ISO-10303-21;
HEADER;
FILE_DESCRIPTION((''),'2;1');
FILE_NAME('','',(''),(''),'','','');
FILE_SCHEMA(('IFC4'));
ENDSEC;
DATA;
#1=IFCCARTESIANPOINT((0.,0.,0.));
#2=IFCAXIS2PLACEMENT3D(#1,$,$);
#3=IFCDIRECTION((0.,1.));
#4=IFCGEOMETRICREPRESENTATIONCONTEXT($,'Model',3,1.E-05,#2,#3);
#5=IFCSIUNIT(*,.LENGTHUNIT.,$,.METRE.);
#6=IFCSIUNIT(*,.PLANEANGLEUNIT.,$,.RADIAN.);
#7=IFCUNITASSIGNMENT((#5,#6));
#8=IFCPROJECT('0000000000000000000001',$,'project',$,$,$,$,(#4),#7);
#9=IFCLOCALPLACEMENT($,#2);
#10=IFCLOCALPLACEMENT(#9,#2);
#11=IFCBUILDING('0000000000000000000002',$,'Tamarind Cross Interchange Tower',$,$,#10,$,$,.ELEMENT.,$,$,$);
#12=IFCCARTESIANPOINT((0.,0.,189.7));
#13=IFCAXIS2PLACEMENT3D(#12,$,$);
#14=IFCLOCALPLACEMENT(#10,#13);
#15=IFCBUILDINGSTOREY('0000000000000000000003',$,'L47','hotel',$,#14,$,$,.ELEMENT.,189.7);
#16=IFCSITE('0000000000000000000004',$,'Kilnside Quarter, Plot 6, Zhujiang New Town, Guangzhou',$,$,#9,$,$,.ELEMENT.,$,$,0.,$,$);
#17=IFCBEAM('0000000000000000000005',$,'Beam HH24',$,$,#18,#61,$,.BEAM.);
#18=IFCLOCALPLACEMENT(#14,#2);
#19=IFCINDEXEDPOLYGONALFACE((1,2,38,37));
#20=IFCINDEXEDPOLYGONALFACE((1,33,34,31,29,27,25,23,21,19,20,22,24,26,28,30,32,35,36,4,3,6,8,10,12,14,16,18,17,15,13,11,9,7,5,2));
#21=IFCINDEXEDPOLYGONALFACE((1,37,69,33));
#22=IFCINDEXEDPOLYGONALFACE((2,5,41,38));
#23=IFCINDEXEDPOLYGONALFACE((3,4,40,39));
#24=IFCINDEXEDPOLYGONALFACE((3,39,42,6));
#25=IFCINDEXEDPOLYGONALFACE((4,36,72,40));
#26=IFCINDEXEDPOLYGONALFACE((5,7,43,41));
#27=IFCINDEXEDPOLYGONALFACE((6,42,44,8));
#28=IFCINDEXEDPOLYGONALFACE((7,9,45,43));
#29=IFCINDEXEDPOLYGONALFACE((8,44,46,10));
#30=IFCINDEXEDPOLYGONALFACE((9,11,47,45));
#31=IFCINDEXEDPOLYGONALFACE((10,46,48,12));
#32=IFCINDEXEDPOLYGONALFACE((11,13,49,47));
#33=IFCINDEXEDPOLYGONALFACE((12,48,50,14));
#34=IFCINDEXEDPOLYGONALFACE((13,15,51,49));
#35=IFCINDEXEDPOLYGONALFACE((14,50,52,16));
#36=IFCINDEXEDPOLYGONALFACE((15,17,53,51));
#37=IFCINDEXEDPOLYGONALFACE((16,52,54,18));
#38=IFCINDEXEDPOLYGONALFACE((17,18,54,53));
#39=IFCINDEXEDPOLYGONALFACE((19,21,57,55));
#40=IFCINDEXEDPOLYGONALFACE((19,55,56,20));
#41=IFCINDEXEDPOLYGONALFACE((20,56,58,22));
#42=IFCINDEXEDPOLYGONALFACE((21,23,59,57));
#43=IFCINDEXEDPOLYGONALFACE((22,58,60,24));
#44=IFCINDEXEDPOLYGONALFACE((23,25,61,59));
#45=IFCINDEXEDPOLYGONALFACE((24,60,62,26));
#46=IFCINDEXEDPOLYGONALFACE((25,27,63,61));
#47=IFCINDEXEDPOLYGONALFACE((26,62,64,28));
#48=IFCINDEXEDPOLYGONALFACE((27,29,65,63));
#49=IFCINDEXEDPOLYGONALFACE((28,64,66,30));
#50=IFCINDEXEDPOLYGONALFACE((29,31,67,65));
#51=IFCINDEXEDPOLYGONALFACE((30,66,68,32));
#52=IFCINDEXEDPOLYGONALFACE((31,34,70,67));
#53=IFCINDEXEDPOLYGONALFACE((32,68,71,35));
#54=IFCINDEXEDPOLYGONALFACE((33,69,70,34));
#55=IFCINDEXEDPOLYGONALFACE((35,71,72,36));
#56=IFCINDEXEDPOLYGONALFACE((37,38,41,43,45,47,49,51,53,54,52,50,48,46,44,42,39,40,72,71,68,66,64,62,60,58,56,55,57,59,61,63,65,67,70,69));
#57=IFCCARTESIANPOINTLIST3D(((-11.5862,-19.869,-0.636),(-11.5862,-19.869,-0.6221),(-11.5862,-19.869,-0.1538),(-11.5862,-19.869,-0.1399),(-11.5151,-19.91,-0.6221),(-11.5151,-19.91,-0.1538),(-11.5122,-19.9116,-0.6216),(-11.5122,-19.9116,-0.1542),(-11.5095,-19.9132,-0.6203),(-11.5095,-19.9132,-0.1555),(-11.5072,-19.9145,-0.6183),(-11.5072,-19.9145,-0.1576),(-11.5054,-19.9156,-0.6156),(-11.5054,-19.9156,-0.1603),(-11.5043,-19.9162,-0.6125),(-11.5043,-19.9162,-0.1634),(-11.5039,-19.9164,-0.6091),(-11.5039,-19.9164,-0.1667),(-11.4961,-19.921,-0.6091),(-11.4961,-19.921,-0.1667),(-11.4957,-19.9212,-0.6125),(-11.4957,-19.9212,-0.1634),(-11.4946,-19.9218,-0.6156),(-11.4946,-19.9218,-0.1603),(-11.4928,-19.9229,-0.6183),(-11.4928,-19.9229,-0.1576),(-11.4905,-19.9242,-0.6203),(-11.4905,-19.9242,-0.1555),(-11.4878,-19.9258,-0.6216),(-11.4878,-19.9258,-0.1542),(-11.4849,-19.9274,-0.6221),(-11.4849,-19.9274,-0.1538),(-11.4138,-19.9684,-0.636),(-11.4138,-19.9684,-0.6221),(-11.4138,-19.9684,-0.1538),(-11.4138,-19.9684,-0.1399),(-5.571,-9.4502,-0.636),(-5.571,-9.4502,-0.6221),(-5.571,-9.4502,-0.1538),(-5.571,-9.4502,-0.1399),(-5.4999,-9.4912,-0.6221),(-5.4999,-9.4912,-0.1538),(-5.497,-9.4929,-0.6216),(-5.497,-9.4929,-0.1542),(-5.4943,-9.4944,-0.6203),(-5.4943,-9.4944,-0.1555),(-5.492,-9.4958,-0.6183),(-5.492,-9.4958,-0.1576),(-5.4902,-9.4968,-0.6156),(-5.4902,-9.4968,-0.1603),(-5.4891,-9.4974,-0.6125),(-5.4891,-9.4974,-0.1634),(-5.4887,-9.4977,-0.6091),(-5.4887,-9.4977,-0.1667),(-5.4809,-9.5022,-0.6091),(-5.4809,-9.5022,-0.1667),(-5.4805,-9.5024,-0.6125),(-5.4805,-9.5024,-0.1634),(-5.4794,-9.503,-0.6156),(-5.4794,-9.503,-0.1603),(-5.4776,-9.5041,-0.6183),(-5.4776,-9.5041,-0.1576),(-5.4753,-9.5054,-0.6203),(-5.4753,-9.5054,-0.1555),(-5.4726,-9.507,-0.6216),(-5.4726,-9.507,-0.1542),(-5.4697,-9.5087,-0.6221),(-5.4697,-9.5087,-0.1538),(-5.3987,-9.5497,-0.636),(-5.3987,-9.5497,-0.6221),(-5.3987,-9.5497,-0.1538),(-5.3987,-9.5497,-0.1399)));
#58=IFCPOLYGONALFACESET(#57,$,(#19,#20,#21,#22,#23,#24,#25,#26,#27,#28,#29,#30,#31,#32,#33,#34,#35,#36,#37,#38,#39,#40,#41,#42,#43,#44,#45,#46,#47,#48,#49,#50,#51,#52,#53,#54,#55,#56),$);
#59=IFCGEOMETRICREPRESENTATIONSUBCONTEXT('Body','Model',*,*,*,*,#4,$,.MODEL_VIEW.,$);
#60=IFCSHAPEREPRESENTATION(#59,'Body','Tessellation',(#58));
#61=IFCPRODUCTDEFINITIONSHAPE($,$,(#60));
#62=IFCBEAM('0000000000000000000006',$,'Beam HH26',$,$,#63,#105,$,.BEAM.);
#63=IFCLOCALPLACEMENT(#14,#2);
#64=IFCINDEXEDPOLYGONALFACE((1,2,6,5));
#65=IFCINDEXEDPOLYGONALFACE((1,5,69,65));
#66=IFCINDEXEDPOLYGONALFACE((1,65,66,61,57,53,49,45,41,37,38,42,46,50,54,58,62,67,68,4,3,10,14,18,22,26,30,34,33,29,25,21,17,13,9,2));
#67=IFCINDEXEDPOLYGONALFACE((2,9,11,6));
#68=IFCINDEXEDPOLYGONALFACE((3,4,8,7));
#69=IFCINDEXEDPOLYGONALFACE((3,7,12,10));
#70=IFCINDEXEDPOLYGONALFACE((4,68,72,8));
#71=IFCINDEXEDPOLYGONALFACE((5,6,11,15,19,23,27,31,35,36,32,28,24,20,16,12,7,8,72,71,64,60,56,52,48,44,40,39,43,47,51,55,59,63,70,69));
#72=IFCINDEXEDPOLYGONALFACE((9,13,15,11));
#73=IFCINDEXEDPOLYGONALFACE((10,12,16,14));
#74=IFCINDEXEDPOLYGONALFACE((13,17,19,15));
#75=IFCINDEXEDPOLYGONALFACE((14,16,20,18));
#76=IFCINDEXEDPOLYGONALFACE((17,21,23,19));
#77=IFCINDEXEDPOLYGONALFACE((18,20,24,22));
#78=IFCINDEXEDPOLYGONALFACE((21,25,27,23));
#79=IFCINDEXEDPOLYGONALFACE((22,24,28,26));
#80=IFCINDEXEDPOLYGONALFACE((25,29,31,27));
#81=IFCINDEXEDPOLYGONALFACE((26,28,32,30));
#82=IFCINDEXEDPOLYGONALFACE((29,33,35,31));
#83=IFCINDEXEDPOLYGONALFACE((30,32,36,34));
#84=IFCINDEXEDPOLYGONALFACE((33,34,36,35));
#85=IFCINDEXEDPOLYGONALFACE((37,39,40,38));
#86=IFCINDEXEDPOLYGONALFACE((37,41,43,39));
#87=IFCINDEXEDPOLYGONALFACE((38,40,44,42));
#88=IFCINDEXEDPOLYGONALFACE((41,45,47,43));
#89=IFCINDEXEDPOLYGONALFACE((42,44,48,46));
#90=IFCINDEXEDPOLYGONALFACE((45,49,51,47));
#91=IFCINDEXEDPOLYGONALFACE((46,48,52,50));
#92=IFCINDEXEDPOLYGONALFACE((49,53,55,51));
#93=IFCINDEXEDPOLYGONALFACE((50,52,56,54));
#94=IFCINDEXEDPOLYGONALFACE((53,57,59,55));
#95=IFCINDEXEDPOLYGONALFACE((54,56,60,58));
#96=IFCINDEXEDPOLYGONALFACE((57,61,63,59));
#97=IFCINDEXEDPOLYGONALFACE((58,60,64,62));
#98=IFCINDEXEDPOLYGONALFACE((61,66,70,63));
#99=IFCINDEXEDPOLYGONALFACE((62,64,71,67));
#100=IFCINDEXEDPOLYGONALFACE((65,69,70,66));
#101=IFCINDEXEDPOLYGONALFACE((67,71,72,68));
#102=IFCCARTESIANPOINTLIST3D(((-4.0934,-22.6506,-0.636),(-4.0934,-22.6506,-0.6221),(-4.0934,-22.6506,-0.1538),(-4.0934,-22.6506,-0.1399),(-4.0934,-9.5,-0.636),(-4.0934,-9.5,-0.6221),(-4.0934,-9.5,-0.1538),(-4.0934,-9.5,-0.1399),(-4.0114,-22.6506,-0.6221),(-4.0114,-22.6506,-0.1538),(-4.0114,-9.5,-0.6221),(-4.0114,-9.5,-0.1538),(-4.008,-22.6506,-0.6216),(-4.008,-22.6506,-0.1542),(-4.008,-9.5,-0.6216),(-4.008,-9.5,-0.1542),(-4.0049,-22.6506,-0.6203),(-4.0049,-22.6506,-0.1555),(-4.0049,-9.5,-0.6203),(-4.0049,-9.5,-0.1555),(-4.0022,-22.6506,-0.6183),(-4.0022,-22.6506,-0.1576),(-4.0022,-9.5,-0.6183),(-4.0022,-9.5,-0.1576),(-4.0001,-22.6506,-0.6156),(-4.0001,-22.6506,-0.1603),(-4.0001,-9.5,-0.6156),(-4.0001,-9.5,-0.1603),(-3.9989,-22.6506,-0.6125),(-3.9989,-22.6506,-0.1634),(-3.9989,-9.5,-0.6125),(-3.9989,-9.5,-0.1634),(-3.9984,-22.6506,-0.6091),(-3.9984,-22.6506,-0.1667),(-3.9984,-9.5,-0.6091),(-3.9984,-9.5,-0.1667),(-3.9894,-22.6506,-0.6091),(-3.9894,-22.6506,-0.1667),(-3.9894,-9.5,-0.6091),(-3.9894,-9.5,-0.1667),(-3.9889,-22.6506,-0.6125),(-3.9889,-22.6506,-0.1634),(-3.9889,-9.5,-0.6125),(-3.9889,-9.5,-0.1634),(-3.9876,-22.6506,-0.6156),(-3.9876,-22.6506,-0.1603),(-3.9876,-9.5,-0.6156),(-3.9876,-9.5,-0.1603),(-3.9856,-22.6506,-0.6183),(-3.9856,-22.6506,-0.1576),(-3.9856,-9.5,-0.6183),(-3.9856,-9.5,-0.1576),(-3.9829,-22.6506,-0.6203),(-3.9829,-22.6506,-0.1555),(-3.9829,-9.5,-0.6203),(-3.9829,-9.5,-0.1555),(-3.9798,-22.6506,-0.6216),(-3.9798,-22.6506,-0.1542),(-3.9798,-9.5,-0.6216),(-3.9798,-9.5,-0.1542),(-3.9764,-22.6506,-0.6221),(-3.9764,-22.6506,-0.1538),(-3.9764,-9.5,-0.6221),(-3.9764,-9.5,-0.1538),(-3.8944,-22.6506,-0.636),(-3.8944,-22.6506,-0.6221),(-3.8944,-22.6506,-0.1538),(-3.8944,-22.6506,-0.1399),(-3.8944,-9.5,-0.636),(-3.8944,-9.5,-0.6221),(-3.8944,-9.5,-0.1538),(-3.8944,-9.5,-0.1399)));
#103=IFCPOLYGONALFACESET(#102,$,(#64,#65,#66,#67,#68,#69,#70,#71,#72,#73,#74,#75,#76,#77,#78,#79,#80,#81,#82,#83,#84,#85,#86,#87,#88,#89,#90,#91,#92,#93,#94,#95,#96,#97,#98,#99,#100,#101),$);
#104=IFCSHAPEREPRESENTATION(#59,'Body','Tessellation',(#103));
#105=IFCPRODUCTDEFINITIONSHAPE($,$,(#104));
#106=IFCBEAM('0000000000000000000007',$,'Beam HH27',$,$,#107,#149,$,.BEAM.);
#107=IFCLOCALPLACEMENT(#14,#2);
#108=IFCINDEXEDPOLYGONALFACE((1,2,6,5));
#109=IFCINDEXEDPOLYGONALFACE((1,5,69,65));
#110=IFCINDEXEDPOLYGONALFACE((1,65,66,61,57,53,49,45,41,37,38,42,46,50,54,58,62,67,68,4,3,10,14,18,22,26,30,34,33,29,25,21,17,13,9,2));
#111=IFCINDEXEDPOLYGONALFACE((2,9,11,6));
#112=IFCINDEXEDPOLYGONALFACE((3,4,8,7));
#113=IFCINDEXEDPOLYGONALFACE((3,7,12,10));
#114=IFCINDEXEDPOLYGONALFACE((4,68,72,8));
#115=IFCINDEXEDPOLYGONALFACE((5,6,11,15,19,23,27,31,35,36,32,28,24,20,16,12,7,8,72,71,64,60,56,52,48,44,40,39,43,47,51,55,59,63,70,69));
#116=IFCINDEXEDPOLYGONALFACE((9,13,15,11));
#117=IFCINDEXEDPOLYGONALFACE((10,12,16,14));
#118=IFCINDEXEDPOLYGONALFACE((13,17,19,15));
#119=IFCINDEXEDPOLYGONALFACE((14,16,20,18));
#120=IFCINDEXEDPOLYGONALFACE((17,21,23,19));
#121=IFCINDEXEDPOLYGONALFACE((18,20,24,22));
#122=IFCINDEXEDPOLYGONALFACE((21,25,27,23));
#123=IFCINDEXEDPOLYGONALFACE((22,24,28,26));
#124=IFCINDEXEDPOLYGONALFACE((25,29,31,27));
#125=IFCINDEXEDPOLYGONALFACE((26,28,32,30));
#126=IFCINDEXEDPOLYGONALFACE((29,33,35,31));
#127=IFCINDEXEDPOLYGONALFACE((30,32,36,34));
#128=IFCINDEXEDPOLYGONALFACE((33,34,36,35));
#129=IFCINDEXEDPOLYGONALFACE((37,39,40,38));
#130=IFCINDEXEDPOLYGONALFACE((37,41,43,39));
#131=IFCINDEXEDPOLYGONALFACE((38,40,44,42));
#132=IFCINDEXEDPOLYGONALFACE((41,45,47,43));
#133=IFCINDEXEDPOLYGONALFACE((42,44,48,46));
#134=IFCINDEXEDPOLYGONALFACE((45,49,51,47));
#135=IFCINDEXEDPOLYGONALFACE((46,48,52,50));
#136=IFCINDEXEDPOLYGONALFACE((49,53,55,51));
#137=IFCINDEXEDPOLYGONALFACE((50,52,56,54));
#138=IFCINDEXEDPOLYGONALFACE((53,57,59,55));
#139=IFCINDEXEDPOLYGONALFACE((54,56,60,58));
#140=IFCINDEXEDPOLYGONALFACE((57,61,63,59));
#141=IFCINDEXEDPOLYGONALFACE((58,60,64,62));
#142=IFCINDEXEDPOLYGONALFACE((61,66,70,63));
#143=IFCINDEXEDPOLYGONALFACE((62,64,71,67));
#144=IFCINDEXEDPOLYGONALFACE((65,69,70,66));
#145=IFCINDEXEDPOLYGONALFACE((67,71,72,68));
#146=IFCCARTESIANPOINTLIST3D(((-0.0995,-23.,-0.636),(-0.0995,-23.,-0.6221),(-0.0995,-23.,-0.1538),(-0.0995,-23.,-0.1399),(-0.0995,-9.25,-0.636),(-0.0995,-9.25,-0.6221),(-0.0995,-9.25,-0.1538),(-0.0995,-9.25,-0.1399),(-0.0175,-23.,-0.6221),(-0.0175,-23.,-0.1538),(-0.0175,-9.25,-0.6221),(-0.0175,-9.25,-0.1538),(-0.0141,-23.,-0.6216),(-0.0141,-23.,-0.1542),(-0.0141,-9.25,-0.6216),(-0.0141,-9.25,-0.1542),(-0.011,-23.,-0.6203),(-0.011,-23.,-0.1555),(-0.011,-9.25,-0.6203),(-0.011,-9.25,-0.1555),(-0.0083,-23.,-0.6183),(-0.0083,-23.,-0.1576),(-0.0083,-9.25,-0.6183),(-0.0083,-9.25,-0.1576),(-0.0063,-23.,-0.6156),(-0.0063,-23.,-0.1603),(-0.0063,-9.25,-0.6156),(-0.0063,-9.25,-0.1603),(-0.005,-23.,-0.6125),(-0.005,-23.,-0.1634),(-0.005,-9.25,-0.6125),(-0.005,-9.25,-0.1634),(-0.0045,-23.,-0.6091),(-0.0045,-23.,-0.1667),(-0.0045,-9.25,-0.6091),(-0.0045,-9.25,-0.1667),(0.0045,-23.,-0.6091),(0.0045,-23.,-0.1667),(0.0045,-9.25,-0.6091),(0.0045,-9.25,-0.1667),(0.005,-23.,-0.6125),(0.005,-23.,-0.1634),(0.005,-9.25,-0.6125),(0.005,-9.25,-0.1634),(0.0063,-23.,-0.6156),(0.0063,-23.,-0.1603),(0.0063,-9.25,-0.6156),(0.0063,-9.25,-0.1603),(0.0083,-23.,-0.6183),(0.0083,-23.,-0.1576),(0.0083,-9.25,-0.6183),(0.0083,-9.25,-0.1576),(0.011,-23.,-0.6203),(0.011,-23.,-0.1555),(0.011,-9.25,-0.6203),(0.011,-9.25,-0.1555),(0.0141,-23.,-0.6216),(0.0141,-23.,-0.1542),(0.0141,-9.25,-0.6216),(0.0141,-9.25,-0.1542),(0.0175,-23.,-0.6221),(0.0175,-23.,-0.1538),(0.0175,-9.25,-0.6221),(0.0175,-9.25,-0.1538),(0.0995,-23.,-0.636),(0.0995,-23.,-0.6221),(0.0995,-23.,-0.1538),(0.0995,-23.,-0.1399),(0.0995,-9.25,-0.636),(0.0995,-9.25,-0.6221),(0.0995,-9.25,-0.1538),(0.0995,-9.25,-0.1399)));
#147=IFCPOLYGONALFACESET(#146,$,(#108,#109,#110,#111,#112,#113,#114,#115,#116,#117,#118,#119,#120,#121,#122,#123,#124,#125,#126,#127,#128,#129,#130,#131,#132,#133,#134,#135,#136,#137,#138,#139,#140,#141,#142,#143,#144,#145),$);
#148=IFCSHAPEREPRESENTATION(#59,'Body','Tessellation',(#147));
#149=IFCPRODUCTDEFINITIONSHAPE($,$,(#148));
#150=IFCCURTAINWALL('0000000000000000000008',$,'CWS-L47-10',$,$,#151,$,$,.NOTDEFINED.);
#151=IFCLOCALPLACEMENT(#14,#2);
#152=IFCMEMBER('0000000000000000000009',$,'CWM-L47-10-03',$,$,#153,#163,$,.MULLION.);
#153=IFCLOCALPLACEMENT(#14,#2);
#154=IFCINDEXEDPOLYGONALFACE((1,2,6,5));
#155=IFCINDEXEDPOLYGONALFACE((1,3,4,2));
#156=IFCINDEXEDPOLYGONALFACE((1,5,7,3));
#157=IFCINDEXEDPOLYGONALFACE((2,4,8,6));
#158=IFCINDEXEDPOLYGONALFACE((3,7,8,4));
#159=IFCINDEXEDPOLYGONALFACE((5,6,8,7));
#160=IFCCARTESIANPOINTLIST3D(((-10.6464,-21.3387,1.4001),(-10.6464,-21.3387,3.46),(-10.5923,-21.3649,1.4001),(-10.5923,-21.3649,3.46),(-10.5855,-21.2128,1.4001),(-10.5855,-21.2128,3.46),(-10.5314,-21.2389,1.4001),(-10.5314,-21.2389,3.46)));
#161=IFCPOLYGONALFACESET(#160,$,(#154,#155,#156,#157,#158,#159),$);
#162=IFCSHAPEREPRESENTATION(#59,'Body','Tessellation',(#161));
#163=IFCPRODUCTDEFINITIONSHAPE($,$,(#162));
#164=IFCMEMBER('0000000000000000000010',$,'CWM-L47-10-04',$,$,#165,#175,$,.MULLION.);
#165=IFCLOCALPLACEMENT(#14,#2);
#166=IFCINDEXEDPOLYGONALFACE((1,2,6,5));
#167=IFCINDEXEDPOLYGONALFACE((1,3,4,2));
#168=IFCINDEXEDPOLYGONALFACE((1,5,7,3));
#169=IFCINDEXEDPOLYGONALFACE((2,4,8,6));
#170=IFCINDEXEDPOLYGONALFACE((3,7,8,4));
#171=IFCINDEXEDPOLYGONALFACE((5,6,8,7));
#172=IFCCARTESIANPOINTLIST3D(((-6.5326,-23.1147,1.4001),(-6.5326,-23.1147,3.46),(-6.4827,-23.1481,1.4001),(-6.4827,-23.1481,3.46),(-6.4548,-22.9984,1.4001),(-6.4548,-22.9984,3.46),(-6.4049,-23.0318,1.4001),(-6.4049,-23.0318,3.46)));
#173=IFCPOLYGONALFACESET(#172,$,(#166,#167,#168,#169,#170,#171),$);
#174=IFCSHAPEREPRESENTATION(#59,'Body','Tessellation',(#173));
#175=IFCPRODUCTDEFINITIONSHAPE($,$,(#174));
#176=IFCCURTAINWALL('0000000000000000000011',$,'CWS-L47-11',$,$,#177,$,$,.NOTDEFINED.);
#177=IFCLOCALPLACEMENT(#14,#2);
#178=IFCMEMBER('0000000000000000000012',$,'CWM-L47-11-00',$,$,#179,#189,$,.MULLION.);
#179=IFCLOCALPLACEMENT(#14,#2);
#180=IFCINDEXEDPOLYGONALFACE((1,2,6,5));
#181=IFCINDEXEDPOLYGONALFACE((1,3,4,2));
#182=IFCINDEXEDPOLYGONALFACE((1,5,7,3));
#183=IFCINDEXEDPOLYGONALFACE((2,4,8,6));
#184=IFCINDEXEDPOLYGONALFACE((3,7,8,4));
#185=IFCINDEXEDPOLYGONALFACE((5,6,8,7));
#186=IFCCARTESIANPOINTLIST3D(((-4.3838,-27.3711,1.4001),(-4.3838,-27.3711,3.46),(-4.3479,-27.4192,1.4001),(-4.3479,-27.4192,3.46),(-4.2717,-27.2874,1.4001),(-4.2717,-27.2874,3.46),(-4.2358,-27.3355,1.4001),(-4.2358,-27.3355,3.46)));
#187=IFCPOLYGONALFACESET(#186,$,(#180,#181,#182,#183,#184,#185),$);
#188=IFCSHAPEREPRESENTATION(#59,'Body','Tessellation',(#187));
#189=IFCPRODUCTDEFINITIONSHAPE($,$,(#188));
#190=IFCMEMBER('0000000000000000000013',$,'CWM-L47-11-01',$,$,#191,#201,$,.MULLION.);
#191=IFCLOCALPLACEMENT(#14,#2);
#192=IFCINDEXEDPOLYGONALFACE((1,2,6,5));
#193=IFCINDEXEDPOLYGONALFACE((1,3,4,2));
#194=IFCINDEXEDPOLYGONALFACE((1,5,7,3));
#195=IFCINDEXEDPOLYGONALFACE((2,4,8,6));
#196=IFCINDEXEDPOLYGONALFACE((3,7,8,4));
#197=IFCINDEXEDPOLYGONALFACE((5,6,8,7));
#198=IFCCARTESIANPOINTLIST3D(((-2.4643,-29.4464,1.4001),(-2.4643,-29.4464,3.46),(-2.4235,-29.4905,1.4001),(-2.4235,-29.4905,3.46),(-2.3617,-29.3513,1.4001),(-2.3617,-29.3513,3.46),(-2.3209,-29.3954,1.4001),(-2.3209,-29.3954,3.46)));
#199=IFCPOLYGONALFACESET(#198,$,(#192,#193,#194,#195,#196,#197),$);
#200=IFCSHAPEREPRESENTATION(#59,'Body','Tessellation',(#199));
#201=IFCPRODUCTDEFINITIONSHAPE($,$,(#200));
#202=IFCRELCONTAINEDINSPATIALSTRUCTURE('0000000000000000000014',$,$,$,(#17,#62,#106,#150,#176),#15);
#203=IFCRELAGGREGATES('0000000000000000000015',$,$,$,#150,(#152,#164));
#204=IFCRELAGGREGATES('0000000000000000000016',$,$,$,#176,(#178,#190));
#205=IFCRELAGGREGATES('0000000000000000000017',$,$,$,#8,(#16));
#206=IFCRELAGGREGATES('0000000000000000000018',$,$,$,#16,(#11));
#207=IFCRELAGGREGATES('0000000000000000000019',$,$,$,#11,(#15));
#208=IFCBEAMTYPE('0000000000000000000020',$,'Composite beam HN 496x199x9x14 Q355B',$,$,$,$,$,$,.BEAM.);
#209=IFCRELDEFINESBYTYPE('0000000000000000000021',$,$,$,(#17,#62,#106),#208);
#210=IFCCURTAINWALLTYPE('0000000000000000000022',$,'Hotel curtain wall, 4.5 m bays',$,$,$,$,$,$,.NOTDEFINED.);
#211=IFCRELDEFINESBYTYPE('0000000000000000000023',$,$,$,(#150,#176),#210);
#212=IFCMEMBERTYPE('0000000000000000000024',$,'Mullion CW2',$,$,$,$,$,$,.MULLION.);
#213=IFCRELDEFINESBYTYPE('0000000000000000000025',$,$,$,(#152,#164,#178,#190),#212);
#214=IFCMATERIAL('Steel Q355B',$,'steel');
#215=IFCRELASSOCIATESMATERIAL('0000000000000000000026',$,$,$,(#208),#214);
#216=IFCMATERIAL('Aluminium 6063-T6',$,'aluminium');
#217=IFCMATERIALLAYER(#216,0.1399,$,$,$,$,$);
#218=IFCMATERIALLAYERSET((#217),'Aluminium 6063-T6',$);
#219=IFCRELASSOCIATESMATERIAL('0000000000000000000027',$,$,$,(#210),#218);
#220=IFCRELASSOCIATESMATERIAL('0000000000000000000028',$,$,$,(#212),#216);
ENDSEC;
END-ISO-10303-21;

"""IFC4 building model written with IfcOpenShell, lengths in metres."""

from ifc_helpers import new_model, si_unit, direction, frame, origin, origin_2d, place, context, subcontext, project, spatial, rectangle, i_section, extrude, material, layer, layer_set, material_profile, profile_set, type_object, element, aggregate, save


model = new_model("IFC4")

# Units and contexts
model_context = context("Model", 3, precision=1e-05, world=origin(), true_north=direction((0.0, 1.0)))
body_context = subcontext(model_context, "Body", "Model", "MODEL_VIEW")
ifc_project = project(units=[si_unit("LENGTHUNIT", "METRE"), si_unit("PLANEANGLEUNIT", "RADIAN")], contexts=[model_context])

# Site, building, storey
site_placement = place(None, origin())
site = spatial("IfcSite", under=ifc_project, at=site_placement, Name="Kilnside Quarter, Plot 6, Zhujiang New Town, Guangzhou", CompositionType="ELEMENT", RefElevation=0.0)
building_placement = place(site_placement, origin())
building = spatial("IfcBuilding", under=site, at=building_placement, Name="Tamarind Cross Interchange Tower", CompositionType="ELEMENT")
storey_placement = place(building_placement, frame((0.0, 0.0, 189.7)))
storey = spatial("IfcBuildingStorey", under=building, at=storey_placement, Name="L47", Description="hotel", CompositionType="ELEMENT", Elevation=189.7)

# Beams
ifc_material_1 = material(Name="Steel Q355B", Category="steel")
ifc_material_profile_1 = material_profile(ifc_material_1, i_section(OverallWidth=0.199, OverallDepth=0.4961, WebThickness=0.009, FlangeThickness=0.0139, FilletRadius=0.0129, at=origin_2d()), Name="HN 496x199x9x14")
ifc_profile_set_1 = profile_set([ifc_material_profile_1], Name="Steel Q355B")
beam_type = type_object("IfcBeamType", Name="Composite beam HN 496x199x9x14 Q355B", PredefinedType="BEAM", material=ifc_profile_set_1)
beam_1_placement = place(storey_placement, frame((-11.5, -19.9187, -0.3879), z_axis=(0.499994, 0.866029, 0.0), x_axis=(-0.866029, 0.499994, 0.0)))
element("IfcBeam", 1, at=beam_1_placement, inside=storey, type_object=beam_type, Name="Beam HH24", PredefinedType="BEAM", context=body_context, shape_type="SweptSolid", body=[
    extrude(i_section(OverallWidth=0.199, OverallDepth=0.4961, WebThickness=0.009, FlangeThickness=0.0139, FilletRadius=0.0129, at=origin_2d()), origin(), (0.0, 0.0, 1.0), 12.0305),
])
beam_2_placement = place(storey_placement, frame((-3.9939, -22.6506, -0.3879), z_axis=(0.0, 1.0, 0.0), x_axis=(-1.0, 0.0, 0.0)))
element("IfcBeam", 2, at=beam_2_placement, inside=storey, type_object=beam_type, Name="Beam HH26", PredefinedType="BEAM", context=body_context, shape_type="SweptSolid", body=[
    extrude(i_section(OverallWidth=0.199, OverallDepth=0.4961, WebThickness=0.009, FlangeThickness=0.0139, FilletRadius=0.0129, at=origin_2d()), origin(), (0.0, 0.0, 1.0), 13.1506),
])
beam_3_placement = place(storey_placement, frame((0.0, -23.0, -0.3879), z_axis=(0.0, 1.0, 0.0), x_axis=(-1.0, 0.0, 0.0)))
element("IfcBeam", 3, at=beam_3_placement, inside=storey, type_object=beam_type, Name="Beam HH27", PredefinedType="BEAM", context=body_context, shape_type="SweptSolid", body=[
    extrude(i_section(OverallWidth=0.199, OverallDepth=0.4961, WebThickness=0.009, FlangeThickness=0.0139, FilletRadius=0.0129, at=origin_2d()), origin(), (0.0, 0.0, 1.0), 13.75),
])

# Curtain walls, members
ifc_material_2 = material(Name="Aluminium 6063-T6", Category="aluminium")
ifc_layer_1 = layer(ifc_material_2, 0.1399)
ifc_layer_set_1 = layer_set([ifc_layer_1], Name="Aluminium 6063-T6")
curtain_wall_type = type_object("IfcCurtainWallType", Name="Hotel curtain wall, 4.5 m bays", PredefinedType="NOTDEFINED", material=ifc_layer_set_1)
curtain_wall_1_placement = place(storey_placement, origin())
curtain_wall_1 = element("IfcCurtainWall", 4, at=curtain_wall_1_placement, inside=storey, type_object=curtain_wall_type, Name="CWS-L47-10", PredefinedType="NOTDEFINED")
ifc_material_profile_2 = material_profile(ifc_material_2, rectangle(XDim=0.0601, YDim=0.1399, at=origin_2d()), Name="Mullion CW2")
ifc_profile_set_2 = profile_set([ifc_material_profile_2], Name="Aluminium 6063-T6")
member_type = type_object("IfcMemberType", Name="Mullion CW2", PredefinedType="MULLION", material=ifc_profile_set_2)
member_1_placement = place(storey_placement, frame((-10.5889, -21.2888, 1.4001), z_axis=(0.0, 0.0, 1.0), x_axis=(0.900273, -0.435326, 0.0)))
member_1 = element("IfcMember", 5, at=member_1_placement, type_object=member_type, Name="CWM-L47-10-03", PredefinedType="MULLION", context=body_context, shape_type="SweptSolid", body=[
    extrude(rectangle(XDim=0.0601, YDim=0.1399, at=origin_2d()), origin(), (0.0, 0.0, 1.0), 2.0598),
])
member_2_placement = place(storey_placement, frame((-6.4688, -23.0732, 1.4001), z_axis=(0.0, 0.0, 1.0), x_axis=(0.830966, -0.556324, 0.0)))
member_2 = element("IfcMember", 6, at=member_2_placement, type_object=member_type, Name="CWM-L47-10-04", PredefinedType="MULLION", context=body_context, shape_type="SweptSolid", body=[
    extrude(rectangle(XDim=0.0601, YDim=0.1399, at=origin_2d()), origin(), (0.0, 0.0, 1.0), 2.0598),
])
aggregate(curtain_wall_1, [member_1, member_2])
curtain_wall_2_placement = place(storey_placement, origin())
curtain_wall_2 = element("IfcCurtainWall", 7, at=curtain_wall_2_placement, inside=storey, type_object=curtain_wall_type, Name="CWS-L47-11", PredefinedType="NOTDEFINED")
member_3_placement = place(storey_placement, frame((-4.3098, -27.3533, 1.4001), z_axis=(0.0, 0.0, 1.0), x_axis=(0.598483, -0.801136, 0.0)))
member_3 = element("IfcMember", 8, at=member_3_placement, type_object=member_type, Name="CWM-L47-11-00", PredefinedType="MULLION", context=body_context, shape_type="SweptSolid", body=[
    extrude(rectangle(XDim=0.0601, YDim=0.1399, at=origin_2d()), origin(), (0.0, 0.0, 1.0), 2.0598),
])
member_4_placement = place(storey_placement, frame((-2.3926, -29.4209, 1.4001), z_axis=(0.0, 0.0, 1.0), x_axis=(0.679912, -0.733293, 0.0)))
member_4 = element("IfcMember", 9, at=member_4_placement, type_object=member_type, Name="CWM-L47-11-01", PredefinedType="MULLION", context=body_context, shape_type="SweptSolid", body=[
    extrude(rectangle(XDim=0.0601, YDim=0.1399, at=origin_2d()), origin(), (0.0, 0.0, 1.0), 2.0598),
])
aggregate(curtain_wall_2, [member_3, member_4])

save(model, "model.ifc")
